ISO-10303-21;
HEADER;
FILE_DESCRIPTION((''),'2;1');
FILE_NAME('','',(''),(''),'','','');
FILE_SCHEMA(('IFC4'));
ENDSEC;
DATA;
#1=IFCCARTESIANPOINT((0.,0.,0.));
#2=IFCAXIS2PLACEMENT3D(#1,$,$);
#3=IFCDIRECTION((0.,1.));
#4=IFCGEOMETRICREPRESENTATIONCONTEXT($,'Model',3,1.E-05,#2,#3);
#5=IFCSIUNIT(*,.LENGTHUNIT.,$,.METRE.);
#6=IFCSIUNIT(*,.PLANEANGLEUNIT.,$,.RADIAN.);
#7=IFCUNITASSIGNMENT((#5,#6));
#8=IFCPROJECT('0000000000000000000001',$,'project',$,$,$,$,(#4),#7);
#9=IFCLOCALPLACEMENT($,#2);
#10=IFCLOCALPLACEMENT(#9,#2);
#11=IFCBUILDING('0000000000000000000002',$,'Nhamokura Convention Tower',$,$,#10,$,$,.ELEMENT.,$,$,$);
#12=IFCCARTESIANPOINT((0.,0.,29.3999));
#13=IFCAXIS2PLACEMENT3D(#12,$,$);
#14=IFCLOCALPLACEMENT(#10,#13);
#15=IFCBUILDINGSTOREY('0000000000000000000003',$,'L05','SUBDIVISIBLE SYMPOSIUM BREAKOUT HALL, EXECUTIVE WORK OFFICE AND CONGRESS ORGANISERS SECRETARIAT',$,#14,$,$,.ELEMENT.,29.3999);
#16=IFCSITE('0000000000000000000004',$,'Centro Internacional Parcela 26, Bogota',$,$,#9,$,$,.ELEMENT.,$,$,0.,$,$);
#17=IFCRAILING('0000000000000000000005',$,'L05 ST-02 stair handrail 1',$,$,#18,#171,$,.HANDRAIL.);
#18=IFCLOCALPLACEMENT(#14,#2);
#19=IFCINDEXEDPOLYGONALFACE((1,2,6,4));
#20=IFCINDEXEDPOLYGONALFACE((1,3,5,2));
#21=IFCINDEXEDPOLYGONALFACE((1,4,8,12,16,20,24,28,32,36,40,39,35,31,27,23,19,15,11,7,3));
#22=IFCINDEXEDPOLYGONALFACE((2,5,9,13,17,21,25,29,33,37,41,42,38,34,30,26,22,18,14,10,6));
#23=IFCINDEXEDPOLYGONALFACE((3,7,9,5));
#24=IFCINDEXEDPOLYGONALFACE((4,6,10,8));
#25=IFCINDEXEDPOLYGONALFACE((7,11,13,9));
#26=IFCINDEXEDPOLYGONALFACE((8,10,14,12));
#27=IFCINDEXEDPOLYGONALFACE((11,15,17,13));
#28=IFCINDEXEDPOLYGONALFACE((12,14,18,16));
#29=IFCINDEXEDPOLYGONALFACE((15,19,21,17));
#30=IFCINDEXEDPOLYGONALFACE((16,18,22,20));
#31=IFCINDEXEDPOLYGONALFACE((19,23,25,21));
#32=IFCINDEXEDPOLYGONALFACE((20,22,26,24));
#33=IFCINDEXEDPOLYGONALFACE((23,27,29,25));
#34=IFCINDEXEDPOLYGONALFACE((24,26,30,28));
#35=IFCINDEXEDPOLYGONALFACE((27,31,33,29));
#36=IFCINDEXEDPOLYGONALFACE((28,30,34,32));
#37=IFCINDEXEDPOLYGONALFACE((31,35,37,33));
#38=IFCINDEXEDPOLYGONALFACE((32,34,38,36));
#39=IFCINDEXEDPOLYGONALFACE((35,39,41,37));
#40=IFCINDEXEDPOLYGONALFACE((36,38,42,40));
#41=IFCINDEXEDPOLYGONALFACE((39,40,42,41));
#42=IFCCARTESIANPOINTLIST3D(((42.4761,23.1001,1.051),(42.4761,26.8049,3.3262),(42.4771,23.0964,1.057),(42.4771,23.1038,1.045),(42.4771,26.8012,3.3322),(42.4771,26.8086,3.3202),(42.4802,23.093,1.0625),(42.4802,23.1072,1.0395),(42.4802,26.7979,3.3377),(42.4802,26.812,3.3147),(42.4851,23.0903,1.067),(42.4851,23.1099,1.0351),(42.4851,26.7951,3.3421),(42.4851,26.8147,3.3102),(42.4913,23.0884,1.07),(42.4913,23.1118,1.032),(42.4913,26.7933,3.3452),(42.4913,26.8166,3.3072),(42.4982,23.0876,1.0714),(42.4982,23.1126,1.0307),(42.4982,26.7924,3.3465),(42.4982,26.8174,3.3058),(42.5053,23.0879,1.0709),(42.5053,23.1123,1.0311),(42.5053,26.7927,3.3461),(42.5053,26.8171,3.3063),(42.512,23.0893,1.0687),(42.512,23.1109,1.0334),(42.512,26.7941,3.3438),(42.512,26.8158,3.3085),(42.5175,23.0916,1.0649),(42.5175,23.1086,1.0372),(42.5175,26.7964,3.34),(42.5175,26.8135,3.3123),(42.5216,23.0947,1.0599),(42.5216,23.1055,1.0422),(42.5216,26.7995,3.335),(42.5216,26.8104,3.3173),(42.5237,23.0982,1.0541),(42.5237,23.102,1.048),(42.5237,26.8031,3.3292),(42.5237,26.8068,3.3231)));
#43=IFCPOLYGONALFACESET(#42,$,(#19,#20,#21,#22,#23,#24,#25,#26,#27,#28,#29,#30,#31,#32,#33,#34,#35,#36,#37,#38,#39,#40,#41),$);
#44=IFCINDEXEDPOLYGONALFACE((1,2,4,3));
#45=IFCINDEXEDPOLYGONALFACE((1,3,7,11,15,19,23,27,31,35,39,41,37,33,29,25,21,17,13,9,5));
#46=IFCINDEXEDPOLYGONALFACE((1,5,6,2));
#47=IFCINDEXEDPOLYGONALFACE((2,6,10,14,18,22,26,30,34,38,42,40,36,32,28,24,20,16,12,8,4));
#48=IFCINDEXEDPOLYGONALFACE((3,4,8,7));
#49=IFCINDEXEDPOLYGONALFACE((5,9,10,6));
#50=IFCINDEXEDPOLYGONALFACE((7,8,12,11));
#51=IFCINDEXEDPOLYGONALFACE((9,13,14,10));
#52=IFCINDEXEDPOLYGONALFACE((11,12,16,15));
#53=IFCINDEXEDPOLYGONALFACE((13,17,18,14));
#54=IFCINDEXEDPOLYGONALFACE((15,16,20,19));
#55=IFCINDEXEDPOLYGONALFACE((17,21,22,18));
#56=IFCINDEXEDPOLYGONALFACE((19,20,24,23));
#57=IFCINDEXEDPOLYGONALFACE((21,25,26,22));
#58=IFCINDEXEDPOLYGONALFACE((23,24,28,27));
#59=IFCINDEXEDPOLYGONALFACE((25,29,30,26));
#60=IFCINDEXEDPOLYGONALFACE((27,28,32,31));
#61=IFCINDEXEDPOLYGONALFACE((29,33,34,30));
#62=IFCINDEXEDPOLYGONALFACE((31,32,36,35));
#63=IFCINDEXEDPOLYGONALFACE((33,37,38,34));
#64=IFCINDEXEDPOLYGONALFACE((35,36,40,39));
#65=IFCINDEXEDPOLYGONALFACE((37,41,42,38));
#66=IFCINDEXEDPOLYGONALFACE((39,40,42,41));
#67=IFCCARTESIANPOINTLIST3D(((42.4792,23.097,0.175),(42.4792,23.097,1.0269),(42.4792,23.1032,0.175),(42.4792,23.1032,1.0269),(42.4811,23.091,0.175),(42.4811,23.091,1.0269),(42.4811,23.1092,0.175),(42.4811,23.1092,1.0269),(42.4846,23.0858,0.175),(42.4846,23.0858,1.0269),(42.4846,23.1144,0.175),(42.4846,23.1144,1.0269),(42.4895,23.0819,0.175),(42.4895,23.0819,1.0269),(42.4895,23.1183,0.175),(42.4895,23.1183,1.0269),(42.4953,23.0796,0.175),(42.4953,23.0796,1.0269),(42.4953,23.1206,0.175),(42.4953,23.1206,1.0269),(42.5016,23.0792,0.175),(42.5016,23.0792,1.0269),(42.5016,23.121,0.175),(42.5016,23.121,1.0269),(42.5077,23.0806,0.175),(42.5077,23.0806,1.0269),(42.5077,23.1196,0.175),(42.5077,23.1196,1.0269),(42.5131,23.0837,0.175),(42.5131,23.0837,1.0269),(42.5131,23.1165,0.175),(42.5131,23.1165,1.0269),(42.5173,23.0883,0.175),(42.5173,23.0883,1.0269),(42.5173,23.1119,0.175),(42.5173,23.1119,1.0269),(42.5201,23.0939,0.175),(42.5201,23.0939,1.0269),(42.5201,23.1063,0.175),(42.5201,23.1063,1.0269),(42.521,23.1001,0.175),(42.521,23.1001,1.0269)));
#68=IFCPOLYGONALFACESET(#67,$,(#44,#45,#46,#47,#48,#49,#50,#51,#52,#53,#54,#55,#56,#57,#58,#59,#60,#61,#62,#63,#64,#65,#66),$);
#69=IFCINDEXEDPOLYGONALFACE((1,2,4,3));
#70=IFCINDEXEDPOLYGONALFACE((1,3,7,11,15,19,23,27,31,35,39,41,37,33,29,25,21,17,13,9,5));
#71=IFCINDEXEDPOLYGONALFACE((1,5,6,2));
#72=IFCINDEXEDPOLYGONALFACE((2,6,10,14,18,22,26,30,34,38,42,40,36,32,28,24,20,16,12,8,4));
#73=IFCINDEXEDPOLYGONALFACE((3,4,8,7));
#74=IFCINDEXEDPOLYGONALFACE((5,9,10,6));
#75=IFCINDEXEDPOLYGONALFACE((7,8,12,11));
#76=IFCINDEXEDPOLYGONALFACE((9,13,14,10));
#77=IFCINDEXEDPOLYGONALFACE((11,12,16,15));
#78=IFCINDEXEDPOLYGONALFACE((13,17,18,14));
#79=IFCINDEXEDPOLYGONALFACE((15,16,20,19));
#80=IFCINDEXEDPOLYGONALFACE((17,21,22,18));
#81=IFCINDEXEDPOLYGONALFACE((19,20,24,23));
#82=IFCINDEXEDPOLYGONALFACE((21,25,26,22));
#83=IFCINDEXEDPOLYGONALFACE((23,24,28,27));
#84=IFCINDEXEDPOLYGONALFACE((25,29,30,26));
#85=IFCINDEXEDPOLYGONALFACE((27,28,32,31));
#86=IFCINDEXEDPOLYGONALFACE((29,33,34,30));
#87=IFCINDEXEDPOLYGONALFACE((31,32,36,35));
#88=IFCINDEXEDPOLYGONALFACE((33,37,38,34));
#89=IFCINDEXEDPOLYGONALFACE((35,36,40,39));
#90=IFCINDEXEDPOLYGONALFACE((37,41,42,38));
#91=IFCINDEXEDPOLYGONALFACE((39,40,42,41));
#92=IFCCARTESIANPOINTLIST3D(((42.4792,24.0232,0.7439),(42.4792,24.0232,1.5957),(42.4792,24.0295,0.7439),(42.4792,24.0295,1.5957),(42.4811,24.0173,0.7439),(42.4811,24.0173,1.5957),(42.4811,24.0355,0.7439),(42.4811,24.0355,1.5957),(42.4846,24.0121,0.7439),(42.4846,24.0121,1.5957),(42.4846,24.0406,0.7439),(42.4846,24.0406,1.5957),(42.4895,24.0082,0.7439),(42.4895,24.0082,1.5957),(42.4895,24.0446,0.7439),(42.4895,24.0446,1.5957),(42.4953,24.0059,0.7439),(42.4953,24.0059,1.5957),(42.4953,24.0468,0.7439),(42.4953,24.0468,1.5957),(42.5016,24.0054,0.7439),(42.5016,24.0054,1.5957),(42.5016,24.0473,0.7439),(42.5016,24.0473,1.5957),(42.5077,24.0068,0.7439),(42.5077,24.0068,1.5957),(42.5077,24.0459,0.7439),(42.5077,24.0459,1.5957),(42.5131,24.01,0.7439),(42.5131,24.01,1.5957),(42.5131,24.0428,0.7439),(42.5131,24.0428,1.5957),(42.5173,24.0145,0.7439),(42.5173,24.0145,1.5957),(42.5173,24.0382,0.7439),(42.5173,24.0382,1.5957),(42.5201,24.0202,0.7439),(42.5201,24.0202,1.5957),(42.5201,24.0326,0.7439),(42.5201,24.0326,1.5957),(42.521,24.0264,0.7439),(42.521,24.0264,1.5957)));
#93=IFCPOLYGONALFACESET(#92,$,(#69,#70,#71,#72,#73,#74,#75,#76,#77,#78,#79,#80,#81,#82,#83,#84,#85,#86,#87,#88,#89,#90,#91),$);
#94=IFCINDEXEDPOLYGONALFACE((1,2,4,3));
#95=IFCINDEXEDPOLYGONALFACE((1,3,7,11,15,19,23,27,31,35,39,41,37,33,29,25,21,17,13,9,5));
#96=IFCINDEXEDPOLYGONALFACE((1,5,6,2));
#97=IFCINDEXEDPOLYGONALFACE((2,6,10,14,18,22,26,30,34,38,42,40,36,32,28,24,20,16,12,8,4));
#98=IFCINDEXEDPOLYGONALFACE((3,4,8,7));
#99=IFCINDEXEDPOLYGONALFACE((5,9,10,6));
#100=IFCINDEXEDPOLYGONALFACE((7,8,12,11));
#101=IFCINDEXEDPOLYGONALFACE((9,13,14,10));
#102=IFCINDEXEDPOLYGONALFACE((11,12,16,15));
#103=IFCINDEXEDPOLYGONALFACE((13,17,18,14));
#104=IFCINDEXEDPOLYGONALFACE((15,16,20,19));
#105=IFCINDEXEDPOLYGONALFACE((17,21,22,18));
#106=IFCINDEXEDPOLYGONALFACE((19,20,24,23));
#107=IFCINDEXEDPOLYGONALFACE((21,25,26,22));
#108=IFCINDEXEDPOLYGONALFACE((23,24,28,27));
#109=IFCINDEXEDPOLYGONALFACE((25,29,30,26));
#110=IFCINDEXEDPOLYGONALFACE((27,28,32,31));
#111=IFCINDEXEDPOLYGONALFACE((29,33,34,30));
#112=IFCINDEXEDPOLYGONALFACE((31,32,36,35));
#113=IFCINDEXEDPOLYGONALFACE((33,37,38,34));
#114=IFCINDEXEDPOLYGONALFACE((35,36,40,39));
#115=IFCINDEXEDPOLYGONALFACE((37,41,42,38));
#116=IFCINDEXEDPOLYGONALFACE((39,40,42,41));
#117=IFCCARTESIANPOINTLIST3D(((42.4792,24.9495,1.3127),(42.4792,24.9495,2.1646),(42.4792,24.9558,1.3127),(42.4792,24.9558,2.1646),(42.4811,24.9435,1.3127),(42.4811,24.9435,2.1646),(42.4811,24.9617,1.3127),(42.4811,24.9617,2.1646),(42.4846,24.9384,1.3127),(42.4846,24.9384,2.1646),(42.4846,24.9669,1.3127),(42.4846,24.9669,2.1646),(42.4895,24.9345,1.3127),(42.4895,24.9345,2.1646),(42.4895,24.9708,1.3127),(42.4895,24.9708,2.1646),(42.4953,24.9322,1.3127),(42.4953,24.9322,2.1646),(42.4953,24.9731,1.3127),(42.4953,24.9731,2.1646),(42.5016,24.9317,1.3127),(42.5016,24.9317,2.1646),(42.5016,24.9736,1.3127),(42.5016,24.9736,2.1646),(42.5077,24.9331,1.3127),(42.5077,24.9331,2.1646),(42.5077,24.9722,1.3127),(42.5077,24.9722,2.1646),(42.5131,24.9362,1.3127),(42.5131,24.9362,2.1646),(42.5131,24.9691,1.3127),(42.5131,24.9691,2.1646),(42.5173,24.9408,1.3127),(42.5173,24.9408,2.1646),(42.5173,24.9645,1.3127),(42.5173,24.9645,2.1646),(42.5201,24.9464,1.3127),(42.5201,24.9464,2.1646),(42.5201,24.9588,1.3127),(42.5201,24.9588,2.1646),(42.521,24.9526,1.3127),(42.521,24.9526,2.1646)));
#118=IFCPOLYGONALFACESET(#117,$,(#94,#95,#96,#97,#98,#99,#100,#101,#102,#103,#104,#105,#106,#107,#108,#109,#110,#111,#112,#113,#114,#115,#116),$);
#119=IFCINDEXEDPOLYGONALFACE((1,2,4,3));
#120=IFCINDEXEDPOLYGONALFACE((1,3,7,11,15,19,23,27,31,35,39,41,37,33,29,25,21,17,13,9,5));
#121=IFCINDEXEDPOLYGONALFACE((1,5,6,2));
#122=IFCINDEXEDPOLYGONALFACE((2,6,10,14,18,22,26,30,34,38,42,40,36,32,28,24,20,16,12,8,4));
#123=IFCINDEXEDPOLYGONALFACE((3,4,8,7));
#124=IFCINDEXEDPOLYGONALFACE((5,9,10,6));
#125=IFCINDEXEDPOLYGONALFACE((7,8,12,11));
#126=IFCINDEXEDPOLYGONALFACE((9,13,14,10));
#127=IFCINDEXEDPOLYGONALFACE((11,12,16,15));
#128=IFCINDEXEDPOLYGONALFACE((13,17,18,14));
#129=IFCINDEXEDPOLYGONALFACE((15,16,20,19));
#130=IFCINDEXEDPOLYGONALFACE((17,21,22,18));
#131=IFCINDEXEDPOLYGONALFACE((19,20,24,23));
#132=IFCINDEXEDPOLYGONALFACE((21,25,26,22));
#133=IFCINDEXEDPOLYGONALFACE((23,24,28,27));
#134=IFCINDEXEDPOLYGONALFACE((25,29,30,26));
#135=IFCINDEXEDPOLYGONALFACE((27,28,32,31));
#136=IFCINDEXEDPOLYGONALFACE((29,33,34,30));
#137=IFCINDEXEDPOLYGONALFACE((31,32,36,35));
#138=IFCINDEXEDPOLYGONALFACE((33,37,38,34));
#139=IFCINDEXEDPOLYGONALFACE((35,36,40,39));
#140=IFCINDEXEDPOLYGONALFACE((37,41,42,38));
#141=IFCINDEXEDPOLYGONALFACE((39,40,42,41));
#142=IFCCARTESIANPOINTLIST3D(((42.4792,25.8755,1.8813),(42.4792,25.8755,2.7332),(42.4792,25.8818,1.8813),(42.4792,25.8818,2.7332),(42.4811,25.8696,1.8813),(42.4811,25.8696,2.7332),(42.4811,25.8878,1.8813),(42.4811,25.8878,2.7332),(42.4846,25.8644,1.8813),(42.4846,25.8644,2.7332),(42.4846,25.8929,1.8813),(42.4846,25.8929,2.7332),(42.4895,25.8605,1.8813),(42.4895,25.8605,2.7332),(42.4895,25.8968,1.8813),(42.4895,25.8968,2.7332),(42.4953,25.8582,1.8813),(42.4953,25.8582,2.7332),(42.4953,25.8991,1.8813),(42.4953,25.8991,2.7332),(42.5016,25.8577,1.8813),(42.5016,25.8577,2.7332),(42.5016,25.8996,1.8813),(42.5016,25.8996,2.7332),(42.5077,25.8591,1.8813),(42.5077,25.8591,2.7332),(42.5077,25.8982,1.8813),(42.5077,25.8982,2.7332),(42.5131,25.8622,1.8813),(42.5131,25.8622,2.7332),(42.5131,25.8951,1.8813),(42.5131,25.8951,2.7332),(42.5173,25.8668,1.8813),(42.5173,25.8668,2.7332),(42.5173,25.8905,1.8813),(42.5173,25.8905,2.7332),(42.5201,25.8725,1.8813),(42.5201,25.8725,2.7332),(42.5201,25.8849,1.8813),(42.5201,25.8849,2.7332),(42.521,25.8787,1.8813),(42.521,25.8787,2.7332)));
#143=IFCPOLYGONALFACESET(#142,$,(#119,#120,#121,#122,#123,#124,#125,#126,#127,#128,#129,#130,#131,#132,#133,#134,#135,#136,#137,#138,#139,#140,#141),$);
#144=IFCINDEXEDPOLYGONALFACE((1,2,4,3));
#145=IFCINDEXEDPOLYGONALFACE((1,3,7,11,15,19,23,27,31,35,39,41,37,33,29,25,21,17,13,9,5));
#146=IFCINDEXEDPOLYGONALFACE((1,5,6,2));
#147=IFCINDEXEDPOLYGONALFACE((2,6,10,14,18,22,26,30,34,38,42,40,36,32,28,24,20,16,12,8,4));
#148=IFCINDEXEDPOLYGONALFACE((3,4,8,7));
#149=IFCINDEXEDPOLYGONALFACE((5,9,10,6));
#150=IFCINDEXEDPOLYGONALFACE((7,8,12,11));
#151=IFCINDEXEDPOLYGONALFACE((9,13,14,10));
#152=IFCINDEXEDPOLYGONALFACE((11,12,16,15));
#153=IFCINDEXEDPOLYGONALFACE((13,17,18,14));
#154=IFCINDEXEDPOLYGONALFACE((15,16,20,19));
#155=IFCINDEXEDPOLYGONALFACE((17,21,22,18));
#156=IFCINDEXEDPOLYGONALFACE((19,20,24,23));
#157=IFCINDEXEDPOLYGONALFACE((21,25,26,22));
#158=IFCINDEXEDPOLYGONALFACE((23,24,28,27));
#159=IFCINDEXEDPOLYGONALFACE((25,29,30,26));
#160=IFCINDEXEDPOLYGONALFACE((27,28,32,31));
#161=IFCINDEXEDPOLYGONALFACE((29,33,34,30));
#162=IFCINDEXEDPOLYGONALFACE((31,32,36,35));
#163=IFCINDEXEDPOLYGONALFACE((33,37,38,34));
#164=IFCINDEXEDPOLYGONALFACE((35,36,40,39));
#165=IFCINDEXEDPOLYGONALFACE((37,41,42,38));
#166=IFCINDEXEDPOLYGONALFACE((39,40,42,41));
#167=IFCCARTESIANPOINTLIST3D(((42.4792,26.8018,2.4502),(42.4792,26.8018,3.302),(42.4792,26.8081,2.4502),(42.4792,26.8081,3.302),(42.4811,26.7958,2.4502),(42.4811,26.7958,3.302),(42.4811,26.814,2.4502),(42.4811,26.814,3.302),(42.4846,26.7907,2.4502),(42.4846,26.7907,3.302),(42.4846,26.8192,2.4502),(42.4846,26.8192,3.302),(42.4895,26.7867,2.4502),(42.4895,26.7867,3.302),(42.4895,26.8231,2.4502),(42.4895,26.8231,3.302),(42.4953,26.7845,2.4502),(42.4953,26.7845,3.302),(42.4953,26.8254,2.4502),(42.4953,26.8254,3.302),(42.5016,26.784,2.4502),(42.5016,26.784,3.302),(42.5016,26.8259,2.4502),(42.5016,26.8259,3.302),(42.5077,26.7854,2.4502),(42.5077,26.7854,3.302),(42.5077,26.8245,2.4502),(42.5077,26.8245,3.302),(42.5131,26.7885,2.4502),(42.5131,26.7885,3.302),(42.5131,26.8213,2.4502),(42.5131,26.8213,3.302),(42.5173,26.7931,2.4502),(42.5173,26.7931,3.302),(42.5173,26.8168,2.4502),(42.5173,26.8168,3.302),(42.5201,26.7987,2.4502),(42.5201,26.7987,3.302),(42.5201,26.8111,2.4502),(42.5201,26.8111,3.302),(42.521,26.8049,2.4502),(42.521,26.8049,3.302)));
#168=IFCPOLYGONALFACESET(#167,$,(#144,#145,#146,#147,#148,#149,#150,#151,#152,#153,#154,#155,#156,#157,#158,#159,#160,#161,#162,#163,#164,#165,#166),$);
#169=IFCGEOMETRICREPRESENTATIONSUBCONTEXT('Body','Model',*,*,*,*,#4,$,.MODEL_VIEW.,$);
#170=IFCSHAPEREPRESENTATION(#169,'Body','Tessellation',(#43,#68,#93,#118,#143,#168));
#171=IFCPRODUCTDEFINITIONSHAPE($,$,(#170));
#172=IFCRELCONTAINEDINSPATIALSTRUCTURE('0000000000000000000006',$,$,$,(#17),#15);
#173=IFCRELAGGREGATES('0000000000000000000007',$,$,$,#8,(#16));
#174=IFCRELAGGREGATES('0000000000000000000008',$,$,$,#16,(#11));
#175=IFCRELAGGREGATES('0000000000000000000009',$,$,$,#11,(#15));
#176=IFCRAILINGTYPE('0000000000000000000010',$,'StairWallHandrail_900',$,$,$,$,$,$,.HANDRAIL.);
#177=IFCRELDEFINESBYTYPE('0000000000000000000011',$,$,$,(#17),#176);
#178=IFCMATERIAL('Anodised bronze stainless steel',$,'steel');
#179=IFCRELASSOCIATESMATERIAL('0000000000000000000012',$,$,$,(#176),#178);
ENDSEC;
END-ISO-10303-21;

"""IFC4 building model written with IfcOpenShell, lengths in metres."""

from ifc_helpers import new_model, si_unit, direction, frame, origin, origin_2d, place, context, subcontext, project, spatial, circle, extrude, material, type_object, element, save


model = new_model("IFC4")

# Units and contexts
model_context = context("Model", 3, precision=1e-05, world=origin(), true_north=direction((0.0, 1.0)))
body_context = subcontext(model_context, "Body", "Model", "MODEL_VIEW")
ifc_project = project(units=[si_unit("LENGTHUNIT", "METRE"), si_unit("PLANEANGLEUNIT", "RADIAN")], contexts=[model_context])

# Site, building, storey
site_placement = place(None, origin())
site = spatial("IfcSite", under=ifc_project, at=site_placement, Name="Centro Internacional Parcela 26, Bogota", CompositionType="ELEMENT", RefElevation=0.0)
building_placement = place(site_placement, origin())
building = spatial("IfcBuilding", under=site, at=building_placement, Name="Nhamokura Convention Tower", CompositionType="ELEMENT")
storey_placement = place(building_placement, frame((0.0, 0.0, 29.3999)))
storey = spatial("IfcBuildingStorey", under=building, at=storey_placement, Name="L05", Description="SUBDIVISIBLE SYMPOSIUM BREAKOUT HALL, EXECUTIVE WORK OFFICE AND CONGRESS ORGANISERS SECRETARIAT", CompositionType="ELEMENT", Elevation=29.3999)

# Railing
ifc_material_1 = material(Name="Anodised bronze stainless steel", Category="steel")
railing_type_1 = type_object("IfcRailingType", Name="StairWallHandrail_900", PredefinedType="HANDRAIL", material=ifc_material_1)
railing_1_placement = place(storey_placement, frame((42.5, 23.1001, 0.175)))
element("IfcRailing", 1, at=railing_1_placement, inside=storey, type_object=railing_type_1, Name="L05 ST-02 stair handrail 1", PredefinedType="HANDRAIL", context=body_context, shape_type="SweptSolid", body=[
    extrude(circle(Radius=0.0239, at=origin_2d()), frame((0.0, 0.0, 0.876), z_axis=(0.0, 0.852146, 0.523305), x_axis=(-1.0, 0.0, 0.0)), (0.0, 0.0, 1.0), 4.3477),
    extrude(circle(Radius=0.021, at=origin_2d()), origin(), (0.0, 0.0, 1.0), 0.8518),
    extrude(circle(Radius=0.021, at=origin_2d()), frame((0.0, 0.9263, 0.5688)), (0.0, 0.0, 1.0), 0.8518),
    extrude(circle(Radius=0.021, at=origin_2d()), frame((0.0, 1.8525, 1.1377)), (0.0, 0.0, 1.0), 0.8518),
    extrude(circle(Radius=0.021, at=origin_2d()), frame((0.0, 2.7786, 1.7063)), (0.0, 0.0, 1.0), 0.8518),
    extrude(circle(Radius=0.021, at=origin_2d()), frame((0.0, 3.7048, 2.2751)), (0.0, 0.0, 1.0), 0.8518),
])

save(model, "model.ifc")
